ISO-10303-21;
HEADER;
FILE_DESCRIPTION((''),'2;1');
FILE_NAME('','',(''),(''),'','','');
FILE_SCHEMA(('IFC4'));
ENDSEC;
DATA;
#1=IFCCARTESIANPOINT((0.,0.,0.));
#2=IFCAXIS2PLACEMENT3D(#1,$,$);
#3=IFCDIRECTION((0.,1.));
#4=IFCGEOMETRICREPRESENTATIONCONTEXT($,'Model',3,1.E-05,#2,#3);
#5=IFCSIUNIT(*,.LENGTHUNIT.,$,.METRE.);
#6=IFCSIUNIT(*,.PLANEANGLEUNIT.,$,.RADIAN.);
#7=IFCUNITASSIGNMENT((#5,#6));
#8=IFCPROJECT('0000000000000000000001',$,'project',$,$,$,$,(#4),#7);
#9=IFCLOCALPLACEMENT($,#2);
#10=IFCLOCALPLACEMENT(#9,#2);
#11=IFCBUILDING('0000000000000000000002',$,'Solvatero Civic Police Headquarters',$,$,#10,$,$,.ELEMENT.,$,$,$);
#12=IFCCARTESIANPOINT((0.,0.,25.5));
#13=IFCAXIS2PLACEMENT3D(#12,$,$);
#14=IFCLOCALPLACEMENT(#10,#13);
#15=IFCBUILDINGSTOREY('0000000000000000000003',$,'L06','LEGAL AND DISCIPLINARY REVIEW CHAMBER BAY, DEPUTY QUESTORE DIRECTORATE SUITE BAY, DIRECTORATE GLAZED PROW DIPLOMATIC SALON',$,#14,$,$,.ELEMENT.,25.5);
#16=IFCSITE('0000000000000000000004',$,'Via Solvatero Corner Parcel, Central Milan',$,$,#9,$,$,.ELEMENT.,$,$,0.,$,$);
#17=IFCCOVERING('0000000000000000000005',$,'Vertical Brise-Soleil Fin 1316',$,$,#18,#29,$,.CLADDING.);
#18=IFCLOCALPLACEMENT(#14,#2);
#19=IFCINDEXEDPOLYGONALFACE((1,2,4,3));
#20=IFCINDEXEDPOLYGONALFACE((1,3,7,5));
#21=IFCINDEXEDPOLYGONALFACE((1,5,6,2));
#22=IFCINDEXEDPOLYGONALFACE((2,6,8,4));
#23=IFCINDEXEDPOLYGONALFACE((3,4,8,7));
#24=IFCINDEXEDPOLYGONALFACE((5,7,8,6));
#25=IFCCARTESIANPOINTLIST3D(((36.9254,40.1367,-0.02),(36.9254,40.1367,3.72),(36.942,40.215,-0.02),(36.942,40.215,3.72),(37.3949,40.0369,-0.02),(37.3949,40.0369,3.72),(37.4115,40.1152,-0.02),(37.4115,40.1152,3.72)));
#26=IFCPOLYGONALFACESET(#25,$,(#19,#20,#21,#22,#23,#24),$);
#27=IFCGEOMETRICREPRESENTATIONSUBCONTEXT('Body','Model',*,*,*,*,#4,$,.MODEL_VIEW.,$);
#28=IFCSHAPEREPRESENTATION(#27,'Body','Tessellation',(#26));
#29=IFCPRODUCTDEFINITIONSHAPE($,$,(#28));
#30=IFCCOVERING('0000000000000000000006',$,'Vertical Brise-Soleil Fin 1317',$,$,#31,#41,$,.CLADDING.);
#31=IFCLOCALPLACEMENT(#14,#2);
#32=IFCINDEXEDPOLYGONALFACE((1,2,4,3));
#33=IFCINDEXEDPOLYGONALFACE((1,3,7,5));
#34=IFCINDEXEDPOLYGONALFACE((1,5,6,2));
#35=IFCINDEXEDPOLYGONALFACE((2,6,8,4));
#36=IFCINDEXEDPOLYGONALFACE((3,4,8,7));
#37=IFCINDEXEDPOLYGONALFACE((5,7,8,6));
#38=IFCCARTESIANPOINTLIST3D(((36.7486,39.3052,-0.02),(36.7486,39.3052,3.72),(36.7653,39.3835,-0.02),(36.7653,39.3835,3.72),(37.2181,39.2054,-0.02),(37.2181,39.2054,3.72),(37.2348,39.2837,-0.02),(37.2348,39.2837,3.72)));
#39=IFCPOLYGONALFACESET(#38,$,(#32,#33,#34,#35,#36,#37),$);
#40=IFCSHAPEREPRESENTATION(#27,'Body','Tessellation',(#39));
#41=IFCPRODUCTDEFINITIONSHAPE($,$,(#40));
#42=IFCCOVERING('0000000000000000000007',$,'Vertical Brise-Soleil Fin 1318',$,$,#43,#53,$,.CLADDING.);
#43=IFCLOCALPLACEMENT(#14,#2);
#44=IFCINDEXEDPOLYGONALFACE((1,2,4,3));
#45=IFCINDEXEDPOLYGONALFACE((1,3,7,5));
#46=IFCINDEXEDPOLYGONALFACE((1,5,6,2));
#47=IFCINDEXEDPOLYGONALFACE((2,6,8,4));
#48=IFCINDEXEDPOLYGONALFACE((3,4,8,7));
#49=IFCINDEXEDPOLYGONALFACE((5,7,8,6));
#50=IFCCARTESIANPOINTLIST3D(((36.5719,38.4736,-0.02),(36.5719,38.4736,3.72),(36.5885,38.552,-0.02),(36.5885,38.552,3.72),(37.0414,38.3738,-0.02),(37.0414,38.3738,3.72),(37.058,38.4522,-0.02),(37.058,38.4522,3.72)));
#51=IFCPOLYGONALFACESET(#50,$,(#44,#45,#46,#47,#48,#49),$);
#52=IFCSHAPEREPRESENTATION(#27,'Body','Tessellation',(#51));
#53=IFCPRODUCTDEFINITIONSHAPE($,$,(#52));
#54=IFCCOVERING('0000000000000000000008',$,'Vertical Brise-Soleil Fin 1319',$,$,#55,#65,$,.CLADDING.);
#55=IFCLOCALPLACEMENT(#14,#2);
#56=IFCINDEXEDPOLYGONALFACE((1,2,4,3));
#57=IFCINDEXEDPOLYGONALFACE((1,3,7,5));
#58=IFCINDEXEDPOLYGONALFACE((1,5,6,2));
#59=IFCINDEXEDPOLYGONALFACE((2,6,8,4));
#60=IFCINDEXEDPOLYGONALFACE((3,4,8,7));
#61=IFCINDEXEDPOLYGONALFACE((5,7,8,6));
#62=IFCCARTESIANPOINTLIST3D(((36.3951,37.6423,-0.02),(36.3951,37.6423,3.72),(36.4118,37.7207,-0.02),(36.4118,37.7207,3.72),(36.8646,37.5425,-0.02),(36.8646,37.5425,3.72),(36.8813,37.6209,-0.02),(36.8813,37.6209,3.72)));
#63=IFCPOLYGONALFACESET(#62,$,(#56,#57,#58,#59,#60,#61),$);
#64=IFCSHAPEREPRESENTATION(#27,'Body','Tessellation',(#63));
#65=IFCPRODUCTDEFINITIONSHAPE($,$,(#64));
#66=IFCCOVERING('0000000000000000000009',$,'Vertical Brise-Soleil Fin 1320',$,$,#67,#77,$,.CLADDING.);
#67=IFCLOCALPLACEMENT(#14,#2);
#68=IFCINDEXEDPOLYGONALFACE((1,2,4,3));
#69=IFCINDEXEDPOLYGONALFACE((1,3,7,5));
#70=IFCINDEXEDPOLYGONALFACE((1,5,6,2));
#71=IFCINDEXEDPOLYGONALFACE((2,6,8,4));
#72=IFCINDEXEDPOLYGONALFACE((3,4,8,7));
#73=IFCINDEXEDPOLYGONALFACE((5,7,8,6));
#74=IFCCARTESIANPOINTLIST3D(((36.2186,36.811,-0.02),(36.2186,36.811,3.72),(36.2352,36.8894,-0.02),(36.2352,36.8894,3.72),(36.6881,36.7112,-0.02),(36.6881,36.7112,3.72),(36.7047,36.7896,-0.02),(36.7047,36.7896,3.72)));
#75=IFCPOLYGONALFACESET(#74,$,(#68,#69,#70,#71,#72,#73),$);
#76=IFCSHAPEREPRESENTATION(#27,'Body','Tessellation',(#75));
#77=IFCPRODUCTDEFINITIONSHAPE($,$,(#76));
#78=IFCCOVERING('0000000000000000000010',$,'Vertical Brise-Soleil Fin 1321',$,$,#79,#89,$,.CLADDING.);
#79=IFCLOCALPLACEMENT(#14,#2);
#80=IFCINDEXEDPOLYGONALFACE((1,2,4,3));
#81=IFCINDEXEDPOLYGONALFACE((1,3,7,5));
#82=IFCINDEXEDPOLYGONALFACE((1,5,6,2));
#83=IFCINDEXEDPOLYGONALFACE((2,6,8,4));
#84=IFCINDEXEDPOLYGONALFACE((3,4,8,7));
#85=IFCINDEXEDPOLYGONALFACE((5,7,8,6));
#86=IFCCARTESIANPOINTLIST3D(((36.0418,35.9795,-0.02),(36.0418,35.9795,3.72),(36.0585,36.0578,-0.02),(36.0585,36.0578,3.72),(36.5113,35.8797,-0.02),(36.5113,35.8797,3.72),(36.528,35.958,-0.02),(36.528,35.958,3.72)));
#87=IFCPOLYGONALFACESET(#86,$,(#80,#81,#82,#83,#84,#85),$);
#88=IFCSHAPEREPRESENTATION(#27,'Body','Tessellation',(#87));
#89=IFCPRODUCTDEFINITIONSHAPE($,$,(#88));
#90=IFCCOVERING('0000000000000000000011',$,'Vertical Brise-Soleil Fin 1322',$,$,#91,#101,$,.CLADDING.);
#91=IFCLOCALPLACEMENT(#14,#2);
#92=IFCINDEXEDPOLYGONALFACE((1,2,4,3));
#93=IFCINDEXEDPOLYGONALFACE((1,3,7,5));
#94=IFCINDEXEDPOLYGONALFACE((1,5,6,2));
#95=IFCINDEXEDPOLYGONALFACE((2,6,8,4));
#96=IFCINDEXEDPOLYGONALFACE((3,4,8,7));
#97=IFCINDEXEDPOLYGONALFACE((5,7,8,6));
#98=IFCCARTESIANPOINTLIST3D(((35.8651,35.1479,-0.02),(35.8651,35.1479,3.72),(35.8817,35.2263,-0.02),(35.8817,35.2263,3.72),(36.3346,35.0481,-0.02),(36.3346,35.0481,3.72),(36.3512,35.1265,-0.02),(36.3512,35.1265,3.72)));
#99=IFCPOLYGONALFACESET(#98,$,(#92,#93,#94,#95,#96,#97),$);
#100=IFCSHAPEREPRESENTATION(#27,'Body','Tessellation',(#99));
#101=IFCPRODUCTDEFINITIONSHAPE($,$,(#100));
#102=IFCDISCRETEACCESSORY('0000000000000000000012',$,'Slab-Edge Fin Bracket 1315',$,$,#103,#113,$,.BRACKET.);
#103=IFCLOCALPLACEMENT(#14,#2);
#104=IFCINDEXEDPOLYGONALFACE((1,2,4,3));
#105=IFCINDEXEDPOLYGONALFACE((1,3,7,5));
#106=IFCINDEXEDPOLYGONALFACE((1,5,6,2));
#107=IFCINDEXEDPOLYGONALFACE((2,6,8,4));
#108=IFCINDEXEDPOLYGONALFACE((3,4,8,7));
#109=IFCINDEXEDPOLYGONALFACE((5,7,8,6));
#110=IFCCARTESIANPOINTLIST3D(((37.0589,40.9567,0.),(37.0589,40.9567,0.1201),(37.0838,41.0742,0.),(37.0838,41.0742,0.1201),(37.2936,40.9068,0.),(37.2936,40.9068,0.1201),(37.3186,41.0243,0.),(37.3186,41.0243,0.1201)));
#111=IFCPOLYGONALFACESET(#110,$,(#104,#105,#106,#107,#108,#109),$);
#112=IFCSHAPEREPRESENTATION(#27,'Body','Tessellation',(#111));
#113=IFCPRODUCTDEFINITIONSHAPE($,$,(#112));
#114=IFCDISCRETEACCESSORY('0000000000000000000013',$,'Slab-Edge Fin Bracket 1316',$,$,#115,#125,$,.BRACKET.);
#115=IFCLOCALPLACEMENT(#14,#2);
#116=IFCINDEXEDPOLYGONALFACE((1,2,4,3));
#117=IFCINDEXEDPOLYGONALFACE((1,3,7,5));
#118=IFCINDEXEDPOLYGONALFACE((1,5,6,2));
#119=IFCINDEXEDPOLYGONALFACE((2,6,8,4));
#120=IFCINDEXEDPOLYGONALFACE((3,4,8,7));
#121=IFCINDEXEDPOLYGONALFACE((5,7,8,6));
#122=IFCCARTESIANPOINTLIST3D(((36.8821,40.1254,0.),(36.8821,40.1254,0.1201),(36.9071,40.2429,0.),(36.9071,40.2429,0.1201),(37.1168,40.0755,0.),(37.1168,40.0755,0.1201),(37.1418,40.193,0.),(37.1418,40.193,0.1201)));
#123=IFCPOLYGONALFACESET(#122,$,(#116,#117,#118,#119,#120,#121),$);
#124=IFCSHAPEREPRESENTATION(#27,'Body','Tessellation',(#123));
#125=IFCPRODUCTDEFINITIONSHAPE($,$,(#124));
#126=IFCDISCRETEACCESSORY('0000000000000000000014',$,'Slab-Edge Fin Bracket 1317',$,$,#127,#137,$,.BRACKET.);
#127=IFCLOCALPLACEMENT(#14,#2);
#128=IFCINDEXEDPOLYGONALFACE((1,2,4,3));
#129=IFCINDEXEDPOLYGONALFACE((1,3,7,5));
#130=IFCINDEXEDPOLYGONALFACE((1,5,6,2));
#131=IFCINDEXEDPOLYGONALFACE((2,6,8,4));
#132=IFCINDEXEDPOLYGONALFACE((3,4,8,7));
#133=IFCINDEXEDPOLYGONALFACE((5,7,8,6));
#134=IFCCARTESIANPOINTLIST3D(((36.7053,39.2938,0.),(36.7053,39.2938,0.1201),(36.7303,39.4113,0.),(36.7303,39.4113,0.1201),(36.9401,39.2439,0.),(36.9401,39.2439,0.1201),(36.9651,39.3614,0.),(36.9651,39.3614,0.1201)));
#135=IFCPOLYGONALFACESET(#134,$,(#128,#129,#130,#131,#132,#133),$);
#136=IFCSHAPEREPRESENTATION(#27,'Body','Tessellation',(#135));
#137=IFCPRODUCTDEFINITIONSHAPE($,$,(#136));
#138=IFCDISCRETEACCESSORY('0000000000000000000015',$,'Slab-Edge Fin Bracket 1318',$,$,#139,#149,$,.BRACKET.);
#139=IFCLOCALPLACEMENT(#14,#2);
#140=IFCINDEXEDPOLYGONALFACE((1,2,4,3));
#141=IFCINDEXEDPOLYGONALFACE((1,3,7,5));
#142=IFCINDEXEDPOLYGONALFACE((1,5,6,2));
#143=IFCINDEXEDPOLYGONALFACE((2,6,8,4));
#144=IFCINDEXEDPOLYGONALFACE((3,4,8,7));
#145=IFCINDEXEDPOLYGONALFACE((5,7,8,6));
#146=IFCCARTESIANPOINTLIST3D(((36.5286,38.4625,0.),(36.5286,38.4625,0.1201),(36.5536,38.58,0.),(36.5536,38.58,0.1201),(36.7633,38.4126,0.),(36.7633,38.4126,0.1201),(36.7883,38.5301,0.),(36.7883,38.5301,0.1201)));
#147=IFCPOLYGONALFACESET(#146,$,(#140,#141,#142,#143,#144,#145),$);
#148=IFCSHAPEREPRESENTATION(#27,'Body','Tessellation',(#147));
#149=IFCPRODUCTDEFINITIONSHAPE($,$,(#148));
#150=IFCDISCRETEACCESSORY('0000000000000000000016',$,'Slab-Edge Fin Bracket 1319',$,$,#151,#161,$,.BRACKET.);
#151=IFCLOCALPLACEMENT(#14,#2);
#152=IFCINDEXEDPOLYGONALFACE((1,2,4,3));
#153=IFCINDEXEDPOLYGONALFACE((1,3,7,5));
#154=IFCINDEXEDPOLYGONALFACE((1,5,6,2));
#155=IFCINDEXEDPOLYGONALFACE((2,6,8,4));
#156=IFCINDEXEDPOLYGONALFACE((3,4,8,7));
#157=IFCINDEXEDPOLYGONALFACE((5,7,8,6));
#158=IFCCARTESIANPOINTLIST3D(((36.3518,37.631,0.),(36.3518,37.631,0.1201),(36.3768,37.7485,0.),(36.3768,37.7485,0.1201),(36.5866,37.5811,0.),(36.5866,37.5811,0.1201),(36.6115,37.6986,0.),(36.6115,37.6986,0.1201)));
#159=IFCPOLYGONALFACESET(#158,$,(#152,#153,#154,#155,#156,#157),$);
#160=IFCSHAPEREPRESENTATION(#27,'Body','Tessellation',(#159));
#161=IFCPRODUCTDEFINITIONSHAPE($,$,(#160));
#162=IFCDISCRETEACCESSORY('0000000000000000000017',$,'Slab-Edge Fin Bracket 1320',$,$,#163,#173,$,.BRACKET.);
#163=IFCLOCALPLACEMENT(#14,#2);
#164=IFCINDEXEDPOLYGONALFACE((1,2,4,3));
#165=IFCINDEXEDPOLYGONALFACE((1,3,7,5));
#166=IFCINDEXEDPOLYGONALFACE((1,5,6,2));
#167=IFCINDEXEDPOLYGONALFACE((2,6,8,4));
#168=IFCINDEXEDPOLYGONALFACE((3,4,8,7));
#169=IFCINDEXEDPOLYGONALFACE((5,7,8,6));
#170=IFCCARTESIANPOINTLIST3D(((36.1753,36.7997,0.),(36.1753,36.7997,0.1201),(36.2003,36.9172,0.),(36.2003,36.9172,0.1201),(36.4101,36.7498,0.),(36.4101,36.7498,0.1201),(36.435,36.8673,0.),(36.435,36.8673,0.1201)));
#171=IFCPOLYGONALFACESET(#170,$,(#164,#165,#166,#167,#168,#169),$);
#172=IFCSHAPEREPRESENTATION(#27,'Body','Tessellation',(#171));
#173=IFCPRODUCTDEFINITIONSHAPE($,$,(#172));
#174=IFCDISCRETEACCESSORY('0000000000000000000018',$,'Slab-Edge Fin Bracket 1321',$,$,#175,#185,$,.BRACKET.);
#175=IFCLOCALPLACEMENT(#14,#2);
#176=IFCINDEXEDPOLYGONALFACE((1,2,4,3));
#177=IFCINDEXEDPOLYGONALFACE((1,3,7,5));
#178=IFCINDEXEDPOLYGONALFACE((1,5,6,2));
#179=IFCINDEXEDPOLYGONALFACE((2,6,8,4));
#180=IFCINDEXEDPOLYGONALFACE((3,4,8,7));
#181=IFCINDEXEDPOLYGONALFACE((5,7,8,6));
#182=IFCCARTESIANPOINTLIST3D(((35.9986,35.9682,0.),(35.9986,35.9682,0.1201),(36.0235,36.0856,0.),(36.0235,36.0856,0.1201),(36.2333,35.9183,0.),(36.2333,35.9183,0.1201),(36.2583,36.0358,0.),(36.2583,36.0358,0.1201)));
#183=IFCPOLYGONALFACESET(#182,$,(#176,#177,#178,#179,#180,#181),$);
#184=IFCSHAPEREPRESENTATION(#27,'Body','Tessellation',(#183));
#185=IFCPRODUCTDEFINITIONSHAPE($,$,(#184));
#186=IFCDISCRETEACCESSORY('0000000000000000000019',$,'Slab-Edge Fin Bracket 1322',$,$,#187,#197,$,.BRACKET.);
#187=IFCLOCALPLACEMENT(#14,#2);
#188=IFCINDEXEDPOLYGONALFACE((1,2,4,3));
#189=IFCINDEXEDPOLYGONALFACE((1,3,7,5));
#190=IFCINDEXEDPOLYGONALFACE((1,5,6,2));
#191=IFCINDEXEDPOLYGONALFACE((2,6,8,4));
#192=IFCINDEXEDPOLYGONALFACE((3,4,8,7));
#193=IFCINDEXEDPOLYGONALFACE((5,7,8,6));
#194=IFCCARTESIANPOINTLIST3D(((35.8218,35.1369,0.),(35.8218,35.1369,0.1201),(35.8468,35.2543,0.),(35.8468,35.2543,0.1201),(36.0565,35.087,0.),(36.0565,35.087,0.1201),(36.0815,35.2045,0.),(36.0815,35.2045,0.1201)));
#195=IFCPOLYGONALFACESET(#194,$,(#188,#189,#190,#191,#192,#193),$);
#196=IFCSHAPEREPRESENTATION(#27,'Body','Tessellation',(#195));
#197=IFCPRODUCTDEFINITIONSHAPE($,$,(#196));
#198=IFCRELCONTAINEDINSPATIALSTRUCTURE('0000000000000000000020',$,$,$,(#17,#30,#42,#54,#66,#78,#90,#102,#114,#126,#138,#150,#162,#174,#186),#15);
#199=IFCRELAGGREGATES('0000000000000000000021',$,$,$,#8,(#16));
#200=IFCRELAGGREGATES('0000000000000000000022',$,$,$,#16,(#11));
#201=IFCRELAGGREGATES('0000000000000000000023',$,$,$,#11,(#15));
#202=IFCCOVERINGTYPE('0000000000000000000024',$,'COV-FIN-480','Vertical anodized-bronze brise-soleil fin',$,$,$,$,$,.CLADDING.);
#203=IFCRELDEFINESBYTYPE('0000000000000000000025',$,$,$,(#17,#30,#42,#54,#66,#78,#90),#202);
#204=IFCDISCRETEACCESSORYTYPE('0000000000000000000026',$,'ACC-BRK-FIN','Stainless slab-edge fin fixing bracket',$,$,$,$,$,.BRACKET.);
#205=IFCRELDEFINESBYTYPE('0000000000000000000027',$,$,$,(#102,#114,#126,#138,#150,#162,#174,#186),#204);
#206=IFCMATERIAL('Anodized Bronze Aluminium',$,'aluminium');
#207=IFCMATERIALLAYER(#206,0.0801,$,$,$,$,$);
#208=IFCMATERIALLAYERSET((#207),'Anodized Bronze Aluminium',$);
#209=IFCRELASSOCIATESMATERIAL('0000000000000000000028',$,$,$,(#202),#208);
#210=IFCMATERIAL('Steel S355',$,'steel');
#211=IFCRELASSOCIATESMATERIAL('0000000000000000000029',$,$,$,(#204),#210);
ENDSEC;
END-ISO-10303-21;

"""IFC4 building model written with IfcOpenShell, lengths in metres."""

from ifc_helpers import new_model, si_unit, direction, frame, origin, origin_2d, place, context, subcontext, project, spatial, rectangle, extrude, material, layer, layer_set, type_object, element, save


model = new_model("IFC4")

# Units and contexts
model_context = context("Model", 3, precision=1e-05, world=origin(), true_north=direction((0.0, 1.0)))
body_context = subcontext(model_context, "Body", "Model", "MODEL_VIEW")
ifc_project = project(units=[si_unit("LENGTHUNIT", "METRE"), si_unit("PLANEANGLEUNIT", "RADIAN")], contexts=[model_context])

# Site, building, storey
site_placement = place(None, origin())
site = spatial("IfcSite", under=ifc_project, at=site_placement, Name="Via Solvatero Corner Parcel, Central Milan", CompositionType="ELEMENT", RefElevation=0.0)
building_placement = place(site_placement, origin())
building = spatial("IfcBuilding", under=site, at=building_placement, Name="Solvatero Civic Police Headquarters", CompositionType="ELEMENT")
storey_placement = place(building_placement, frame((0.0, 0.0, 25.5)))
storey = spatial("IfcBuildingStorey", under=building, at=storey_placement, Name="L06", Description="LEGAL AND DISCIPLINARY REVIEW CHAMBER BAY, DEPUTY QUESTORE DIRECTORATE SUITE BAY, DIRECTORATE GLAZED PROW DIPLOMATIC SALON", CompositionType="ELEMENT", Elevation=25.5)

# Shared definitions
ifc_material_1 = material(Name="Anodized Bronze Aluminium", Category="aluminium")

# Coverings
ifc_layer_1 = layer(ifc_material_1, 0.0801)
ifc_layer_set_1 = layer_set([ifc_layer_1], Name="Anodized Bronze Aluminium")
covering_type = type_object("IfcCoveringType", Name="COV-FIN-480", Description="Vertical anodized-bronze brise-soleil fin", PredefinedType="CLADDING", material=ifc_layer_set_1)
for number, where, z_axis, x_axis, name in (
    (1, (37.1685, 40.126, -0.02), (0.0, 0.0, 1.0), (-0.207912, -0.978148, 0.0), "Vertical Brise-Soleil Fin 1316"),
    (2, (36.9917, 39.2944, -0.02), (0.0, 0.0, 1.0), (-0.207912, -0.978148, 0.0), "Vertical Brise-Soleil Fin 1317"),
    (3, (36.8149, 38.4629, -0.02), (0.0, 0.0, 1.0), (-0.207912, -0.978148, 0.0), "Vertical Brise-Soleil Fin 1318"),
    (4, (36.6382, 37.6316, -0.02), (0.0, 0.0, 1.0), (-0.207912, -0.978148, 0.0), "Vertical Brise-Soleil Fin 1319"),
    (5, (36.4617, 36.8003, -0.02), (0.0, 0.0, 1.0), (-0.207912, -0.978148, 0.0), "Vertical Brise-Soleil Fin 1320"),
    (6, (36.2849, 35.9688, -0.02), (0.0, 0.0, 1.0), (-0.207912, -0.978148, 0.0), "Vertical Brise-Soleil Fin 1321"),
    (7, (36.1082, 35.1372, -0.02), (0.0, 0.0, 1.0), (-0.207912, -0.978148, 0.0), "Vertical Brise-Soleil Fin 1322"),
):
    element("IfcCovering", number, at=place(storey_placement, frame(where, z_axis=z_axis, x_axis=x_axis)), inside=storey, type_object=covering_type, Name=name, PredefinedType="CLADDING", context=body_context, shape_type="SweptSolid", body=[
        extrude(rectangle(XDim=0.0801, YDim=0.48, at=origin_2d()), origin(), (0.0, 0.0, 1.0), 3.74),
    ])

# Discrete accessories
ifc_material_2 = material(Name="Steel S355", Category="steel")
discrete_accessory_type = type_object("IfcDiscreteAccessoryType", Name="ACC-BRK-FIN", Description="Stainless slab-edge fin fixing bracket", PredefinedType="BRACKET", material=ifc_material_2)
for number, where, z_axis, x_axis, name in (
    (8, (37.1887, 40.9905, 0.0), (0.0, 0.0, 1.0), (-0.207912, -0.978148, 0.0), "Slab-Edge Fin Bracket 1315"),
    (9, (37.012, 40.1592, 0.0), (0.0, 0.0, 1.0), (-0.207912, -0.978148, 0.0), "Slab-Edge Fin Bracket 1316"),
    (10, (36.8352, 39.3276, 0.0), (0.0, 0.0, 1.0), (-0.207912, -0.978148, 0.0), "Slab-Edge Fin Bracket 1317"),
    (11, (36.6584, 38.4963, 0.0), (0.0, 0.0, 1.0), (-0.207912, -0.978148, 0.0), "Slab-Edge Fin Bracket 1318"),
    (12, (36.4817, 37.6648, 0.0), (0.0, 0.0, 1.0), (-0.207912, -0.978148, 0.0), "Slab-Edge Fin Bracket 1319"),
    (13, (36.3052, 36.8335, 0.0), (0.0, 0.0, 1.0), (-0.207912, -0.978148, 0.0), "Slab-Edge Fin Bracket 1320"),
    (14, (36.1284, 36.002, 0.0), (0.0, 0.0, 1.0), (-0.207912, -0.978148, 0.0), "Slab-Edge Fin Bracket 1321"),
    (15, (35.9517, 35.1707, 0.0), (0.0, 0.0, 1.0), (-0.207912, -0.978148, 0.0), "Slab-Edge Fin Bracket 1322"),
):
    element("IfcDiscreteAccessory", number, at=place(storey_placement, frame(where, z_axis=z_axis, x_axis=x_axis)), inside=storey, type_object=discrete_accessory_type, Name=name, PredefinedType="BRACKET", context=body_context, shape_type="SweptSolid", body=[
        extrude(rectangle(XDim=0.1201, YDim=0.24, at=origin_2d()), origin(), (0.0, 0.0, 1.0), 0.1201),
    ])

save(model, "model.ifc")
